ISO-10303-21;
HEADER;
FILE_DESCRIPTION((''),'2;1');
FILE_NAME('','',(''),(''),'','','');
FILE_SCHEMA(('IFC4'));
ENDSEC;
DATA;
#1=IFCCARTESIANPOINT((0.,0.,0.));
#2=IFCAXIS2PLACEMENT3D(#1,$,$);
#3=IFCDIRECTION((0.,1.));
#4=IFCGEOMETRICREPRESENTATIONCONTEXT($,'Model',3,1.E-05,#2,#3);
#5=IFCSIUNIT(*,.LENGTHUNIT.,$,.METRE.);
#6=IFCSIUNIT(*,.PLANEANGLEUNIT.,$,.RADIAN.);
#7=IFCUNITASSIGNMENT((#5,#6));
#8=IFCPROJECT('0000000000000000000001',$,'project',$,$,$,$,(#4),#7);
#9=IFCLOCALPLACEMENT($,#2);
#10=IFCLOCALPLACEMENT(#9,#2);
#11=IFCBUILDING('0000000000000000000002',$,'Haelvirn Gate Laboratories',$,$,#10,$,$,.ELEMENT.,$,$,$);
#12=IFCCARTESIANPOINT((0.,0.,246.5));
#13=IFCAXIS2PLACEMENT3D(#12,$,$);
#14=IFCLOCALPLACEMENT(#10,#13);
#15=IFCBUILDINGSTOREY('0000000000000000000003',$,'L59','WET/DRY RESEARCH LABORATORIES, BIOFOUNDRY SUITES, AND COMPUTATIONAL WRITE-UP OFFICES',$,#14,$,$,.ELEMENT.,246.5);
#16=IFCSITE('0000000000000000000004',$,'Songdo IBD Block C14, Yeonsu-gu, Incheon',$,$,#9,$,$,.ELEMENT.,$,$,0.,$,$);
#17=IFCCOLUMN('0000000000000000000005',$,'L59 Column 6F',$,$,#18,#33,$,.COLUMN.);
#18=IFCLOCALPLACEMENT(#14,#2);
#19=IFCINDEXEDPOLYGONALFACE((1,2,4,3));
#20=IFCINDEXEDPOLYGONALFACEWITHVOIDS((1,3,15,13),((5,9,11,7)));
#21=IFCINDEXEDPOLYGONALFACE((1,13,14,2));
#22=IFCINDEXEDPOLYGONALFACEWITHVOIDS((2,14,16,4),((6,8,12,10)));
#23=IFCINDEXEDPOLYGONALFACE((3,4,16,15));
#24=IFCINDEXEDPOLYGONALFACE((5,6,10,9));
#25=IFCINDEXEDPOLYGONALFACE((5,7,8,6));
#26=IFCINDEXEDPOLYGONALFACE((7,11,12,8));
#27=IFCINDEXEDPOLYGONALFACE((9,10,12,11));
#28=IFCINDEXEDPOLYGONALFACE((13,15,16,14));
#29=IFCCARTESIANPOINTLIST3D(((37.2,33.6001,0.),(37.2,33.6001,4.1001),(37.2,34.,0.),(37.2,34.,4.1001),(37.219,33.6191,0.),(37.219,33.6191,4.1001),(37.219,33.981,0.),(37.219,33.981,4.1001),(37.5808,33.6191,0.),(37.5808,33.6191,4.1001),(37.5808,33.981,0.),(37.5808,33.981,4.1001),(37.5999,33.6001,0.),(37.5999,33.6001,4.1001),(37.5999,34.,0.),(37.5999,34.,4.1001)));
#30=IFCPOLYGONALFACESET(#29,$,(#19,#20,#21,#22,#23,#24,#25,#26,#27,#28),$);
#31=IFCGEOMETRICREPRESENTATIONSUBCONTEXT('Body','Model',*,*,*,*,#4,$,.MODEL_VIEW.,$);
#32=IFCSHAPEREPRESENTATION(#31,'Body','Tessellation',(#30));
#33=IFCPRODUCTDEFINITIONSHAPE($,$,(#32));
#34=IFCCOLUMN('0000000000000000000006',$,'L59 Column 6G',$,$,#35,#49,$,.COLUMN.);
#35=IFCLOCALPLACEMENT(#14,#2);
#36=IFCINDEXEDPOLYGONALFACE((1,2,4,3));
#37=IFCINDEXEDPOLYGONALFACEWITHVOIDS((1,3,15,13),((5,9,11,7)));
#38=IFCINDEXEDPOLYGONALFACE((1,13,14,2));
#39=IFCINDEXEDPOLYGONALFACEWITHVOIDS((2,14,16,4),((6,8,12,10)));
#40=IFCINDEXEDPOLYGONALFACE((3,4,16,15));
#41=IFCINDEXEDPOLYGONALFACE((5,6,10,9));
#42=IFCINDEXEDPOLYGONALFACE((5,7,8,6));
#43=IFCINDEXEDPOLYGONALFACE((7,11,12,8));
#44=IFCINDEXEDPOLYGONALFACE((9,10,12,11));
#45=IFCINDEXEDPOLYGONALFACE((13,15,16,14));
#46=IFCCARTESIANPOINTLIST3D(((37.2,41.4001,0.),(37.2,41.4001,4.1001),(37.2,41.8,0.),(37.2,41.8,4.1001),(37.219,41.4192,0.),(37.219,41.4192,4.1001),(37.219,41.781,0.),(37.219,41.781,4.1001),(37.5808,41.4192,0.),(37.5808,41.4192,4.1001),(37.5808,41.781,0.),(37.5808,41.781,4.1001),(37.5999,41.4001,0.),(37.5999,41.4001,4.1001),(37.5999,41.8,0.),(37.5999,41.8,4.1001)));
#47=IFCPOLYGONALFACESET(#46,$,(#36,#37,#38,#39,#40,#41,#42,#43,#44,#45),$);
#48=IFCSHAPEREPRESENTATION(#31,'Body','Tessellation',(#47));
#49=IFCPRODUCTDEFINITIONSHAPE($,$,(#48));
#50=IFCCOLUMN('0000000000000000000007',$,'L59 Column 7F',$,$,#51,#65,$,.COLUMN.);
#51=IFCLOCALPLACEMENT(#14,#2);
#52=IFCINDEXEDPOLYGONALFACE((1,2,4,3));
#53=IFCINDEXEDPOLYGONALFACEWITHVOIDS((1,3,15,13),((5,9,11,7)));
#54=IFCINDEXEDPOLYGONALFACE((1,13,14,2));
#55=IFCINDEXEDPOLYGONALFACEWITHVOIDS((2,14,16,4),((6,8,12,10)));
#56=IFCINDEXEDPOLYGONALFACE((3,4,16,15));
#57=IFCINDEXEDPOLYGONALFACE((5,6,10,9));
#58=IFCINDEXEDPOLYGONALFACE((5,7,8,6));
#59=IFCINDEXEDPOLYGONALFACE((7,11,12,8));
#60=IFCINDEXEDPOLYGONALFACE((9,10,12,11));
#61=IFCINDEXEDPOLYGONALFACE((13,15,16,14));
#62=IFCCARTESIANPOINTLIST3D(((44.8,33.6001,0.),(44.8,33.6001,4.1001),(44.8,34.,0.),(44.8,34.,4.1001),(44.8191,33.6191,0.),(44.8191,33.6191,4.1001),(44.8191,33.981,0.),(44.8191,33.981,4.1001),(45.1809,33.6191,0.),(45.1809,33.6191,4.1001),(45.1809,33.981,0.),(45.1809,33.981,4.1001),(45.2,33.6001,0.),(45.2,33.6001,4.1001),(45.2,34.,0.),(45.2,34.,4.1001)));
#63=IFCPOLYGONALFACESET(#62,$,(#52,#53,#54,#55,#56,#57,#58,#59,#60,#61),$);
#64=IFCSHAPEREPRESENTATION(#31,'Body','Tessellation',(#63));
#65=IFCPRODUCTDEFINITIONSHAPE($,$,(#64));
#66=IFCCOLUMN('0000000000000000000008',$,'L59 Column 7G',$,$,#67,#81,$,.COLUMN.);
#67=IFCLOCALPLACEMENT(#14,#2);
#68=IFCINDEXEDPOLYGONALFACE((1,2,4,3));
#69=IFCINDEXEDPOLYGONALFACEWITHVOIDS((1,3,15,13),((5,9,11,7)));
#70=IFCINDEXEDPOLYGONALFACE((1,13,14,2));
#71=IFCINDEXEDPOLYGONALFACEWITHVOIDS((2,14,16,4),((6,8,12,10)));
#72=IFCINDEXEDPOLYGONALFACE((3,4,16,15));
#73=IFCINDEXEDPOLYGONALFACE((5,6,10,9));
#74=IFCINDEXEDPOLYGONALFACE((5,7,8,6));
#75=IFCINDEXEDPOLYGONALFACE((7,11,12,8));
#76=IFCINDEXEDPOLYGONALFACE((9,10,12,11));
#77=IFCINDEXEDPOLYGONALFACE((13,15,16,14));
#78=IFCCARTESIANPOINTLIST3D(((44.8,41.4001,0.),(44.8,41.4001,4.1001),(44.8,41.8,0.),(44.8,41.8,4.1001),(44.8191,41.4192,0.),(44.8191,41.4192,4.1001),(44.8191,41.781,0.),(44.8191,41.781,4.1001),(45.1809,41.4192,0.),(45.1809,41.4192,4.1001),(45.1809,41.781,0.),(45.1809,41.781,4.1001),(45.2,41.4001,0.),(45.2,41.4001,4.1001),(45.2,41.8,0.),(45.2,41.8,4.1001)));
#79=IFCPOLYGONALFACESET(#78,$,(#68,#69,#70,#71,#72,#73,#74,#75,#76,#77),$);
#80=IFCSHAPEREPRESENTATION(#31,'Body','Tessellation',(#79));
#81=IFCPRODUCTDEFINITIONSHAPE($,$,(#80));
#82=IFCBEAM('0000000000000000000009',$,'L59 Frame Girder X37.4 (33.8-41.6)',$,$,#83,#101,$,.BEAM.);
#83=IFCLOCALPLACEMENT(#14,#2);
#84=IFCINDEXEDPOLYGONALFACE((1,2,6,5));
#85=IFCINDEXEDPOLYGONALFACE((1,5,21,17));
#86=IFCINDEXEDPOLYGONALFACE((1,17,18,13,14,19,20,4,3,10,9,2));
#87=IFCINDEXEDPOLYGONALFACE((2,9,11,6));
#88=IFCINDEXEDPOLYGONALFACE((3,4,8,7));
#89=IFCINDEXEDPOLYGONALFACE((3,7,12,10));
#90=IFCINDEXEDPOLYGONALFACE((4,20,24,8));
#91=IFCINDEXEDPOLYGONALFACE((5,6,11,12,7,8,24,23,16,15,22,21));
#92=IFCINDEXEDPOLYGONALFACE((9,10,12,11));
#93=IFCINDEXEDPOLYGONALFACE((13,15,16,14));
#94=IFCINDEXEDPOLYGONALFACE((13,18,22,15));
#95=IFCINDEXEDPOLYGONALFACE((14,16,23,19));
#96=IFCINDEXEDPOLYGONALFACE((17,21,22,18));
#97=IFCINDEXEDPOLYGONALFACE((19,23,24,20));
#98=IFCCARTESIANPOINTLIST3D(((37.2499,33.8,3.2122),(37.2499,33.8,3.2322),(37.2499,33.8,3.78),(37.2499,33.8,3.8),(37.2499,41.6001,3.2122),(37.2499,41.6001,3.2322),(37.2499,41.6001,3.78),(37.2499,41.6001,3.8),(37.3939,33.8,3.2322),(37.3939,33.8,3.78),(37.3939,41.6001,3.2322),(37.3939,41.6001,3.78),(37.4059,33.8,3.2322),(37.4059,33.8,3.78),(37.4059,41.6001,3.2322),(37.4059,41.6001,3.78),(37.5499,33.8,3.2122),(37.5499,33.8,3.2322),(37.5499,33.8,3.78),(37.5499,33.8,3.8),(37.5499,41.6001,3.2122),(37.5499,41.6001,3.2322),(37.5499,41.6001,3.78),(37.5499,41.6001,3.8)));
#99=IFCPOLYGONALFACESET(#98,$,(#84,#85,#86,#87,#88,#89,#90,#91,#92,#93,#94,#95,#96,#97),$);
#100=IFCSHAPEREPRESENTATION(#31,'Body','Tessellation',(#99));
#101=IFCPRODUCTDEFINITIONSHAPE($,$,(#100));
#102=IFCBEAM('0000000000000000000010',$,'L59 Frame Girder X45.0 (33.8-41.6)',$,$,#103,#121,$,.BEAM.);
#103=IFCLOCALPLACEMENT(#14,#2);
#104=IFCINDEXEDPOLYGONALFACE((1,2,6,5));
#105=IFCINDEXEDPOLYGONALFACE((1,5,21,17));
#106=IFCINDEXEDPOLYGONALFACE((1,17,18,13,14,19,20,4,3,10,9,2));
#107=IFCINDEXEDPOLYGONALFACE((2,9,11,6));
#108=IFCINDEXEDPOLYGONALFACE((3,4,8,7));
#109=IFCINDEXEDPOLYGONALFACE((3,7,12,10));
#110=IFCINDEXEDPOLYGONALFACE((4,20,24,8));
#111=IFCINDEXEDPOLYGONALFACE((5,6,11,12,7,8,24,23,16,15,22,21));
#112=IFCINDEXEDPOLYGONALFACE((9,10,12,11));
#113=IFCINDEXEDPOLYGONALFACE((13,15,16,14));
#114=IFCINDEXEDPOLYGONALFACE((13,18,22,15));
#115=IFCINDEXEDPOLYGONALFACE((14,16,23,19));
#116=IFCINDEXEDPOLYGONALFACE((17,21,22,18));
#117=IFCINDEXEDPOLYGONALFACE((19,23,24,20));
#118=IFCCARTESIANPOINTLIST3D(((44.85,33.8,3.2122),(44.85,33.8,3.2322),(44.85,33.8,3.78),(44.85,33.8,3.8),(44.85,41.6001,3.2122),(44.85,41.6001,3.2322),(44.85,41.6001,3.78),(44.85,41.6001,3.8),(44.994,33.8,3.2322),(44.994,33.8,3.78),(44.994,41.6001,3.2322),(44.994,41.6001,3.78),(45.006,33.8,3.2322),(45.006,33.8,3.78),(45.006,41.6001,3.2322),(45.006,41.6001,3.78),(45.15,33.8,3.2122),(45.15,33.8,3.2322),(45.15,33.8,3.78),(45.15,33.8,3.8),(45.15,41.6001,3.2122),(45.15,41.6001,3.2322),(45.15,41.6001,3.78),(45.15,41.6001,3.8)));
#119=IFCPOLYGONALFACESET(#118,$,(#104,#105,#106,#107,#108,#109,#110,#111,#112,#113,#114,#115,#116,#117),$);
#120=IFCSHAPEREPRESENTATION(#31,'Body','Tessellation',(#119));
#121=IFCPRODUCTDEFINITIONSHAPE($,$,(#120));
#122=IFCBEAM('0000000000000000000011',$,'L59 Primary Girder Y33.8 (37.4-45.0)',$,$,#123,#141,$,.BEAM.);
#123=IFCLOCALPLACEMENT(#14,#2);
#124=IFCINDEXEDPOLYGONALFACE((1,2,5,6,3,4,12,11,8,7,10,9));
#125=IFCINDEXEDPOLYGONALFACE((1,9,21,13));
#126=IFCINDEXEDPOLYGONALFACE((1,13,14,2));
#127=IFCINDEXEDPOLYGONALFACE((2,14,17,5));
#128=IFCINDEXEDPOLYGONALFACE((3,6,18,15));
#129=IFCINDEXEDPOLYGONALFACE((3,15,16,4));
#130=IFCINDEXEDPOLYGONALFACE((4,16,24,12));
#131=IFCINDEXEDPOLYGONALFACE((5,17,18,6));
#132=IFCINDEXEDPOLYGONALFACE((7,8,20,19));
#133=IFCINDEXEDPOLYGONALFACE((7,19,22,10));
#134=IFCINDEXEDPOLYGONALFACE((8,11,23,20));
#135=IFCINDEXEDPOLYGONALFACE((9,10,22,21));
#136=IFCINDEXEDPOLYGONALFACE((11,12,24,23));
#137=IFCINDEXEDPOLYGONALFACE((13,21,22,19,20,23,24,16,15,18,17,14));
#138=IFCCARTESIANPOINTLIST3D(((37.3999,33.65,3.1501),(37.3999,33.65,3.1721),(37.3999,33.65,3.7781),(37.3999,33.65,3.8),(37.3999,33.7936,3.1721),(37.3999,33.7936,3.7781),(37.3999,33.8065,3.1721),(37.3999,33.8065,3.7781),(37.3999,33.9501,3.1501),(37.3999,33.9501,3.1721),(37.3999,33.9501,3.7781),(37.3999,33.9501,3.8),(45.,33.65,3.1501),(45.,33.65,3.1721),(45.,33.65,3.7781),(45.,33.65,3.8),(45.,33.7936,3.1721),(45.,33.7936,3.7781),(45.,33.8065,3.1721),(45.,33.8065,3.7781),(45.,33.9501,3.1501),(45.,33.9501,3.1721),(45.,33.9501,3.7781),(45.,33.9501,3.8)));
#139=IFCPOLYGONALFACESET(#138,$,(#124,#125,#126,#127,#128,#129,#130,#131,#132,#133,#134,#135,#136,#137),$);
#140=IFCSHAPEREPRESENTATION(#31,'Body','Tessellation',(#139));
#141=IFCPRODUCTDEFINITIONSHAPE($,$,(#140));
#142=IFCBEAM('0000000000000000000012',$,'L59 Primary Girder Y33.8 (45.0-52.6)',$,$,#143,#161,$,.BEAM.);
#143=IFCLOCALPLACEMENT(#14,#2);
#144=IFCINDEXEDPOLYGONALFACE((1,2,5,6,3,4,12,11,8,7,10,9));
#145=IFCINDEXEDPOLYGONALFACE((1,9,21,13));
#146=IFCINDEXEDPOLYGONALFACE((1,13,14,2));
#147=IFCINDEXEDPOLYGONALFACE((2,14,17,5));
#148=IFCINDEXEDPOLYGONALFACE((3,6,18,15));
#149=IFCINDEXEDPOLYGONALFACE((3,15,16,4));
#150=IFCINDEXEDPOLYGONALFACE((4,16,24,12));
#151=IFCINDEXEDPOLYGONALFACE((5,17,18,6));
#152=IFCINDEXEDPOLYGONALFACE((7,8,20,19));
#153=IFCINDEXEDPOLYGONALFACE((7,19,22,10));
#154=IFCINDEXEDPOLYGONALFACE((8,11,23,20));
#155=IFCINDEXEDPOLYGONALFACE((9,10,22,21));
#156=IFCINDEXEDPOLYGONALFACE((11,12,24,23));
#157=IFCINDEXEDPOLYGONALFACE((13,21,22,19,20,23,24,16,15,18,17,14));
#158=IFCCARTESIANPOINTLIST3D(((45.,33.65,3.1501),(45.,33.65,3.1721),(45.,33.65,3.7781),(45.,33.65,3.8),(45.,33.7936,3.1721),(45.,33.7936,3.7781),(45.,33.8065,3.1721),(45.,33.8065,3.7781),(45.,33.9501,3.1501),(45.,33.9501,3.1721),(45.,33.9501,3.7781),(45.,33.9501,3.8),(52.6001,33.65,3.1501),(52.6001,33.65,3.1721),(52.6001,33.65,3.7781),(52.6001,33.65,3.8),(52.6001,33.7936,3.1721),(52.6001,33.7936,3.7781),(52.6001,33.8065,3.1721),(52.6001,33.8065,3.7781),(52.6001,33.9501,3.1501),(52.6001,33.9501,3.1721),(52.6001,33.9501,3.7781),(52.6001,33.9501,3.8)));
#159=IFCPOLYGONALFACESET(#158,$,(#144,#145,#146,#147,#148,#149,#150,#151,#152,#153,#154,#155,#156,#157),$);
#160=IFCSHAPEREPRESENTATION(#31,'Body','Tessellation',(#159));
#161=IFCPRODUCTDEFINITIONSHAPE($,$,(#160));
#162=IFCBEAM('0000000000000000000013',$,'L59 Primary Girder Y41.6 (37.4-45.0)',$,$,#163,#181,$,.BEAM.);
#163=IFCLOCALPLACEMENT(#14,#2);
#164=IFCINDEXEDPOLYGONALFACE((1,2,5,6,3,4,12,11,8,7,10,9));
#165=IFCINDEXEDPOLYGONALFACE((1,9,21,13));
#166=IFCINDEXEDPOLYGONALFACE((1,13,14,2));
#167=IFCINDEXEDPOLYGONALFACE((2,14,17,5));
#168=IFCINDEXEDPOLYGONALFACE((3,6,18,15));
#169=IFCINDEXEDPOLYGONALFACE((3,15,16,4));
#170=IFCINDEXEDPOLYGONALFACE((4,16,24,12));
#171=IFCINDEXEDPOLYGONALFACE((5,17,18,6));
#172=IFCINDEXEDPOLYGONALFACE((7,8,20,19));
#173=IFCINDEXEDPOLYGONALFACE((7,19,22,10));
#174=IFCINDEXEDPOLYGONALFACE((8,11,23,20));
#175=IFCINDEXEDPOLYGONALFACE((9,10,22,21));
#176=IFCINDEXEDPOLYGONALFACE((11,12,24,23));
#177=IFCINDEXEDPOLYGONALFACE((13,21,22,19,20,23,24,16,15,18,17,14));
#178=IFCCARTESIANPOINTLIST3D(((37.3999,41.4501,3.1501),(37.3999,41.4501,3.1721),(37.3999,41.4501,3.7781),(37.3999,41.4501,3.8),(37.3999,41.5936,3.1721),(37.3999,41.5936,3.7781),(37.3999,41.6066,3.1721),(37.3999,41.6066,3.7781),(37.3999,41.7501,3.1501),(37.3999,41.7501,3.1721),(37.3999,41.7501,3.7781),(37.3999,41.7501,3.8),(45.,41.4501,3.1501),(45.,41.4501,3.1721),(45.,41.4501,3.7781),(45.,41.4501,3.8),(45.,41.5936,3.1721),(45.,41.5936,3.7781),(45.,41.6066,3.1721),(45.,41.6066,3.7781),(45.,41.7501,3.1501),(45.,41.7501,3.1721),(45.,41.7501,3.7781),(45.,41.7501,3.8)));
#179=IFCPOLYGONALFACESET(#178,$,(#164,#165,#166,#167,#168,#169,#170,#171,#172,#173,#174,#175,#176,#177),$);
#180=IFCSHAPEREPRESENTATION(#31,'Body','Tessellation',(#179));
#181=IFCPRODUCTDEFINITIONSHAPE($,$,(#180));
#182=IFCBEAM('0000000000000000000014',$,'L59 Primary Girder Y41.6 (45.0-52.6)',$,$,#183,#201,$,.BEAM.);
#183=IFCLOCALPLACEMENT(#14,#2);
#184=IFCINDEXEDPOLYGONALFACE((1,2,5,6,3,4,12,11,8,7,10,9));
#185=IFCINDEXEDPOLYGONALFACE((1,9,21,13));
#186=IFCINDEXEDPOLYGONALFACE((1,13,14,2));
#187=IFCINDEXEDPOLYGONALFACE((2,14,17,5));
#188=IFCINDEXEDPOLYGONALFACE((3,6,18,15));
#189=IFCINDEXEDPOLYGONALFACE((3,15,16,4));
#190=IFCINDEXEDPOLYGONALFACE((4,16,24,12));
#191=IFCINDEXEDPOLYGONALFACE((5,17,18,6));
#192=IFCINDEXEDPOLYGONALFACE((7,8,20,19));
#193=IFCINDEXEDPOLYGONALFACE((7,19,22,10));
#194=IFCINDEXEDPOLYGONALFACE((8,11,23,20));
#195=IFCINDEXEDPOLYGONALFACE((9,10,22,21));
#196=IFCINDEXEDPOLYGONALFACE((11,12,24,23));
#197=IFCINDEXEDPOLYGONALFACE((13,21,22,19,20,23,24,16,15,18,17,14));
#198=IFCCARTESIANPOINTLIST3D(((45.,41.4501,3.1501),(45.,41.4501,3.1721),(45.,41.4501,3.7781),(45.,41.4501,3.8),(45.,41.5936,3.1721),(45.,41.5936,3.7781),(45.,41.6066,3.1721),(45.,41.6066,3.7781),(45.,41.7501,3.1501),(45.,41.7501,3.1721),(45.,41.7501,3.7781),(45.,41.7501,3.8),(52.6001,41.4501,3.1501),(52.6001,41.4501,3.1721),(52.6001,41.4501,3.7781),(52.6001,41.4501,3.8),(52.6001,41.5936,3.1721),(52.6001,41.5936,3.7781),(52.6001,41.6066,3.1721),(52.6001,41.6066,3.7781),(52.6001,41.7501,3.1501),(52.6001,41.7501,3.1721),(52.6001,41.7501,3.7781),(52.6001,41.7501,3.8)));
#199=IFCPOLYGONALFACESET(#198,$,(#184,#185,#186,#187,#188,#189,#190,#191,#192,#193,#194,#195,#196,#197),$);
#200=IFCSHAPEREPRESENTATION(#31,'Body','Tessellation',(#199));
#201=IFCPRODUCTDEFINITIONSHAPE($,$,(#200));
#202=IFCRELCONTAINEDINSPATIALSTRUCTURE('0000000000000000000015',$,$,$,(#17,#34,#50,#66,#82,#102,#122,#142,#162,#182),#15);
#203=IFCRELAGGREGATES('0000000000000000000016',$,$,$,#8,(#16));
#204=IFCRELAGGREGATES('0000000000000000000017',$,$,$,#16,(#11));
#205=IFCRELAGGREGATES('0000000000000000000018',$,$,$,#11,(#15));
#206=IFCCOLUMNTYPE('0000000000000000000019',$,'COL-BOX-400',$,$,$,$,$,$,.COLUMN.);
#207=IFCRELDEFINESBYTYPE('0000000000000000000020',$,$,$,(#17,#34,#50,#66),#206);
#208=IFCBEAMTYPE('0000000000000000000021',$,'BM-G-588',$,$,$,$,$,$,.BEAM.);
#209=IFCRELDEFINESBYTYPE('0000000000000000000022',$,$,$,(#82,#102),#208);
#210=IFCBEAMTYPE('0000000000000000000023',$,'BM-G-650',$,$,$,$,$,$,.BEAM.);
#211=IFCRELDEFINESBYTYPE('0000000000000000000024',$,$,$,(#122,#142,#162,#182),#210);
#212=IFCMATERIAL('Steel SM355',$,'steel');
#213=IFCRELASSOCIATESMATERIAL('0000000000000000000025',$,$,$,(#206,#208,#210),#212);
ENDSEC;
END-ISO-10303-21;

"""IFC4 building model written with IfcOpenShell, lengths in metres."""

from ifc_helpers import new_model, si_unit, direction, frame, origin, origin_2d, place, context, subcontext, project, spatial, hollow_rectangle, i_section, extrude, source, transform, mapped, material, material_profile, profile_set, type_object, type_shapes, element, save


model = new_model("IFC4")

# Units and contexts
model_context = context("Model", 3, precision=1e-05, world=origin(), true_north=direction((0.0, 1.0)))
body_context = subcontext(model_context, "Body", "Model", "MODEL_VIEW")
ifc_project = project(units=[si_unit("LENGTHUNIT", "METRE"), si_unit("PLANEANGLEUNIT", "RADIAN")], contexts=[model_context])

# Site, building, storey
site_placement = place(None, origin())
site = spatial("IfcSite", under=ifc_project, at=site_placement, Name="Songdo IBD Block C14, Yeonsu-gu, Incheon", CompositionType="ELEMENT", RefElevation=0.0)
building_placement = place(site_placement, origin())
building = spatial("IfcBuilding", under=site, at=building_placement, Name="Haelvirn Gate Laboratories", CompositionType="ELEMENT")
storey_placement = place(building_placement, frame((0.0, 0.0, 246.5)))
storey = spatial("IfcBuildingStorey", under=building, at=storey_placement, Name="L59", Description="WET/DRY RESEARCH LABORATORIES, BIOFOUNDRY SUITES, AND COMPUTATIONAL WRITE-UP OFFICES", CompositionType="ELEMENT", Elevation=246.5)

# Columns
ifc_material_1 = material(Name="Steel SM355", Category="steel")
ifc_material_profile_1 = material_profile(ifc_material_1, hollow_rectangle(XDim=0.3999, YDim=0.3999, WallThickness=0.019, at=origin_2d()), Name="BOX-400x400x19")
ifc_profile_set_1 = profile_set([ifc_material_profile_1], Name="Steel SM355")
column_type = type_object("IfcColumnType", Name="COL-BOX-400", PredefinedType="COLUMN", material=ifc_profile_set_1)
shared_shape_1 = source(origin(), body_context, "Body", "SweptSolid", [
    extrude(hollow_rectangle(XDim=0.3999, YDim=0.3999, WallThickness=0.019, at=origin_2d()), origin(), (0.0, 0.0, 1.0), 4.1001),
])
type_shapes(column_type, [shared_shape_1])
for number, where, z_axis, x_axis, name in (
    (1, (37.3999, 33.8, 0.0), (0.0, 0.0, 1.0), (1.0, 0.0, 0.0), "L59 Column 6F"),
    (2, (37.3999, 41.6001, 0.0), (0.0, 0.0, 1.0), (1.0, 0.0, 0.0), "L59 Column 6G"),
    (3, (45.0, 33.8, 0.0), (0.0, 0.0, 1.0), (1.0, 0.0, 0.0), "L59 Column 7F"),
    (4, (45.0, 41.6001, 0.0), (0.0, 0.0, 1.0), (1.0, 0.0, 0.0), "L59 Column 7G"),
):
    element("IfcColumn", number, at=place(storey_placement, frame(where, z_axis=z_axis, x_axis=x_axis)), inside=storey, type_object=column_type, Name=name, PredefinedType="COLUMN", context=body_context, shape_type="MappedRepresentation", body=[
        mapped(shared_shape_1, transform((0.0, 0.0, 0.0), scale=1.0)),
    ])

# Beams
ifc_material_profile_2 = material_profile(ifc_material_1, i_section(OverallWidth=0.3, OverallDepth=0.5879, WebThickness=0.012, FlangeThickness=0.02, at=origin_2d()), Name="H-588x300x12x20")
ifc_profile_set_2 = profile_set([ifc_material_profile_2], Name="Steel SM355")
beam_type_1 = type_object("IfcBeamType", Name="BM-G-588", PredefinedType="BEAM", material=ifc_profile_set_2)
shared_shape_2 = source(origin(), body_context, "Body", "SweptSolid", [
    extrude(i_section(OverallWidth=0.3, OverallDepth=0.5879, WebThickness=0.012, FlangeThickness=0.02, at=origin_2d()), origin(), (0.0, 0.0, 1.0), 7.8),
])
type_shapes(beam_type_1, [shared_shape_2])
for number, where, z_axis, x_axis, name in (
    (5, (37.3999, 33.8, 3.5061), (0.0, 1.0, 0.0), (-1.0, 0.0, 0.0), "L59 Frame Girder X37.4 (33.8-41.6)"),
    (6, (45.0, 33.8, 3.5061), (0.0, 1.0, 0.0), (-1.0, 0.0, 0.0), "L59 Frame Girder X45.0 (33.8-41.6)"),
):
    element("IfcBeam", number, at=place(storey_placement, frame(where, z_axis=z_axis, x_axis=x_axis)), inside=storey, type_object=beam_type_1, Name=name, PredefinedType="BEAM", context=body_context, shape_type="MappedRepresentation", body=[
        mapped(shared_shape_2, transform((0.0, 0.0, 0.0), scale=1.0)),
    ])
ifc_material_profile_3 = material_profile(ifc_material_1, i_section(OverallWidth=0.3, OverallDepth=0.6499, WebThickness=0.0129, FlangeThickness=0.022, at=origin_2d()), Name="H-650x300x13x22")
ifc_profile_set_3 = profile_set([ifc_material_profile_3], Name="Steel SM355")
beam_type_2 = type_object("IfcBeamType", Name="BM-G-650", PredefinedType="BEAM", material=ifc_profile_set_3)
shared_shape_3 = source(origin(), body_context, "Body", "SweptSolid", [
    extrude(i_section(OverallWidth=0.3, OverallDepth=0.6499, WebThickness=0.0129, FlangeThickness=0.022, at=origin_2d()), origin(), (0.0, 0.0, 1.0), 7.6001),
])
type_shapes(beam_type_2, [shared_shape_3])
for number, where, z_axis, x_axis, name in (
    (7, (37.3999, 33.8, 3.4751), (1.0, 0.0, 0.0), (0.0, 1.0, 0.0), "L59 Primary Girder Y33.8 (37.4-45.0)"),
    (8, (45.0, 33.8, 3.4751), (1.0, 0.0, 0.0), (0.0, 1.0, 0.0), "L59 Primary Girder Y33.8 (45.0-52.6)"),
    (9, (37.3999, 41.6001, 3.4751), (1.0, 0.0, 0.0), (0.0, 1.0, 0.0), "L59 Primary Girder Y41.6 (37.4-45.0)"),
    (10, (45.0, 41.6001, 3.4751), (1.0, 0.0, 0.0), (0.0, 1.0, 0.0), "L59 Primary Girder Y41.6 (45.0-52.6)"),
):
    element("IfcBeam", number, at=place(storey_placement, frame(where, z_axis=z_axis, x_axis=x_axis)), inside=storey, type_object=beam_type_2, Name=name, PredefinedType="BEAM", context=body_context, shape_type="MappedRepresentation", body=[
        mapped(shared_shape_3, transform((0.0, 0.0, 0.0), scale=1.0)),
    ])

save(model, "model.ifc")
